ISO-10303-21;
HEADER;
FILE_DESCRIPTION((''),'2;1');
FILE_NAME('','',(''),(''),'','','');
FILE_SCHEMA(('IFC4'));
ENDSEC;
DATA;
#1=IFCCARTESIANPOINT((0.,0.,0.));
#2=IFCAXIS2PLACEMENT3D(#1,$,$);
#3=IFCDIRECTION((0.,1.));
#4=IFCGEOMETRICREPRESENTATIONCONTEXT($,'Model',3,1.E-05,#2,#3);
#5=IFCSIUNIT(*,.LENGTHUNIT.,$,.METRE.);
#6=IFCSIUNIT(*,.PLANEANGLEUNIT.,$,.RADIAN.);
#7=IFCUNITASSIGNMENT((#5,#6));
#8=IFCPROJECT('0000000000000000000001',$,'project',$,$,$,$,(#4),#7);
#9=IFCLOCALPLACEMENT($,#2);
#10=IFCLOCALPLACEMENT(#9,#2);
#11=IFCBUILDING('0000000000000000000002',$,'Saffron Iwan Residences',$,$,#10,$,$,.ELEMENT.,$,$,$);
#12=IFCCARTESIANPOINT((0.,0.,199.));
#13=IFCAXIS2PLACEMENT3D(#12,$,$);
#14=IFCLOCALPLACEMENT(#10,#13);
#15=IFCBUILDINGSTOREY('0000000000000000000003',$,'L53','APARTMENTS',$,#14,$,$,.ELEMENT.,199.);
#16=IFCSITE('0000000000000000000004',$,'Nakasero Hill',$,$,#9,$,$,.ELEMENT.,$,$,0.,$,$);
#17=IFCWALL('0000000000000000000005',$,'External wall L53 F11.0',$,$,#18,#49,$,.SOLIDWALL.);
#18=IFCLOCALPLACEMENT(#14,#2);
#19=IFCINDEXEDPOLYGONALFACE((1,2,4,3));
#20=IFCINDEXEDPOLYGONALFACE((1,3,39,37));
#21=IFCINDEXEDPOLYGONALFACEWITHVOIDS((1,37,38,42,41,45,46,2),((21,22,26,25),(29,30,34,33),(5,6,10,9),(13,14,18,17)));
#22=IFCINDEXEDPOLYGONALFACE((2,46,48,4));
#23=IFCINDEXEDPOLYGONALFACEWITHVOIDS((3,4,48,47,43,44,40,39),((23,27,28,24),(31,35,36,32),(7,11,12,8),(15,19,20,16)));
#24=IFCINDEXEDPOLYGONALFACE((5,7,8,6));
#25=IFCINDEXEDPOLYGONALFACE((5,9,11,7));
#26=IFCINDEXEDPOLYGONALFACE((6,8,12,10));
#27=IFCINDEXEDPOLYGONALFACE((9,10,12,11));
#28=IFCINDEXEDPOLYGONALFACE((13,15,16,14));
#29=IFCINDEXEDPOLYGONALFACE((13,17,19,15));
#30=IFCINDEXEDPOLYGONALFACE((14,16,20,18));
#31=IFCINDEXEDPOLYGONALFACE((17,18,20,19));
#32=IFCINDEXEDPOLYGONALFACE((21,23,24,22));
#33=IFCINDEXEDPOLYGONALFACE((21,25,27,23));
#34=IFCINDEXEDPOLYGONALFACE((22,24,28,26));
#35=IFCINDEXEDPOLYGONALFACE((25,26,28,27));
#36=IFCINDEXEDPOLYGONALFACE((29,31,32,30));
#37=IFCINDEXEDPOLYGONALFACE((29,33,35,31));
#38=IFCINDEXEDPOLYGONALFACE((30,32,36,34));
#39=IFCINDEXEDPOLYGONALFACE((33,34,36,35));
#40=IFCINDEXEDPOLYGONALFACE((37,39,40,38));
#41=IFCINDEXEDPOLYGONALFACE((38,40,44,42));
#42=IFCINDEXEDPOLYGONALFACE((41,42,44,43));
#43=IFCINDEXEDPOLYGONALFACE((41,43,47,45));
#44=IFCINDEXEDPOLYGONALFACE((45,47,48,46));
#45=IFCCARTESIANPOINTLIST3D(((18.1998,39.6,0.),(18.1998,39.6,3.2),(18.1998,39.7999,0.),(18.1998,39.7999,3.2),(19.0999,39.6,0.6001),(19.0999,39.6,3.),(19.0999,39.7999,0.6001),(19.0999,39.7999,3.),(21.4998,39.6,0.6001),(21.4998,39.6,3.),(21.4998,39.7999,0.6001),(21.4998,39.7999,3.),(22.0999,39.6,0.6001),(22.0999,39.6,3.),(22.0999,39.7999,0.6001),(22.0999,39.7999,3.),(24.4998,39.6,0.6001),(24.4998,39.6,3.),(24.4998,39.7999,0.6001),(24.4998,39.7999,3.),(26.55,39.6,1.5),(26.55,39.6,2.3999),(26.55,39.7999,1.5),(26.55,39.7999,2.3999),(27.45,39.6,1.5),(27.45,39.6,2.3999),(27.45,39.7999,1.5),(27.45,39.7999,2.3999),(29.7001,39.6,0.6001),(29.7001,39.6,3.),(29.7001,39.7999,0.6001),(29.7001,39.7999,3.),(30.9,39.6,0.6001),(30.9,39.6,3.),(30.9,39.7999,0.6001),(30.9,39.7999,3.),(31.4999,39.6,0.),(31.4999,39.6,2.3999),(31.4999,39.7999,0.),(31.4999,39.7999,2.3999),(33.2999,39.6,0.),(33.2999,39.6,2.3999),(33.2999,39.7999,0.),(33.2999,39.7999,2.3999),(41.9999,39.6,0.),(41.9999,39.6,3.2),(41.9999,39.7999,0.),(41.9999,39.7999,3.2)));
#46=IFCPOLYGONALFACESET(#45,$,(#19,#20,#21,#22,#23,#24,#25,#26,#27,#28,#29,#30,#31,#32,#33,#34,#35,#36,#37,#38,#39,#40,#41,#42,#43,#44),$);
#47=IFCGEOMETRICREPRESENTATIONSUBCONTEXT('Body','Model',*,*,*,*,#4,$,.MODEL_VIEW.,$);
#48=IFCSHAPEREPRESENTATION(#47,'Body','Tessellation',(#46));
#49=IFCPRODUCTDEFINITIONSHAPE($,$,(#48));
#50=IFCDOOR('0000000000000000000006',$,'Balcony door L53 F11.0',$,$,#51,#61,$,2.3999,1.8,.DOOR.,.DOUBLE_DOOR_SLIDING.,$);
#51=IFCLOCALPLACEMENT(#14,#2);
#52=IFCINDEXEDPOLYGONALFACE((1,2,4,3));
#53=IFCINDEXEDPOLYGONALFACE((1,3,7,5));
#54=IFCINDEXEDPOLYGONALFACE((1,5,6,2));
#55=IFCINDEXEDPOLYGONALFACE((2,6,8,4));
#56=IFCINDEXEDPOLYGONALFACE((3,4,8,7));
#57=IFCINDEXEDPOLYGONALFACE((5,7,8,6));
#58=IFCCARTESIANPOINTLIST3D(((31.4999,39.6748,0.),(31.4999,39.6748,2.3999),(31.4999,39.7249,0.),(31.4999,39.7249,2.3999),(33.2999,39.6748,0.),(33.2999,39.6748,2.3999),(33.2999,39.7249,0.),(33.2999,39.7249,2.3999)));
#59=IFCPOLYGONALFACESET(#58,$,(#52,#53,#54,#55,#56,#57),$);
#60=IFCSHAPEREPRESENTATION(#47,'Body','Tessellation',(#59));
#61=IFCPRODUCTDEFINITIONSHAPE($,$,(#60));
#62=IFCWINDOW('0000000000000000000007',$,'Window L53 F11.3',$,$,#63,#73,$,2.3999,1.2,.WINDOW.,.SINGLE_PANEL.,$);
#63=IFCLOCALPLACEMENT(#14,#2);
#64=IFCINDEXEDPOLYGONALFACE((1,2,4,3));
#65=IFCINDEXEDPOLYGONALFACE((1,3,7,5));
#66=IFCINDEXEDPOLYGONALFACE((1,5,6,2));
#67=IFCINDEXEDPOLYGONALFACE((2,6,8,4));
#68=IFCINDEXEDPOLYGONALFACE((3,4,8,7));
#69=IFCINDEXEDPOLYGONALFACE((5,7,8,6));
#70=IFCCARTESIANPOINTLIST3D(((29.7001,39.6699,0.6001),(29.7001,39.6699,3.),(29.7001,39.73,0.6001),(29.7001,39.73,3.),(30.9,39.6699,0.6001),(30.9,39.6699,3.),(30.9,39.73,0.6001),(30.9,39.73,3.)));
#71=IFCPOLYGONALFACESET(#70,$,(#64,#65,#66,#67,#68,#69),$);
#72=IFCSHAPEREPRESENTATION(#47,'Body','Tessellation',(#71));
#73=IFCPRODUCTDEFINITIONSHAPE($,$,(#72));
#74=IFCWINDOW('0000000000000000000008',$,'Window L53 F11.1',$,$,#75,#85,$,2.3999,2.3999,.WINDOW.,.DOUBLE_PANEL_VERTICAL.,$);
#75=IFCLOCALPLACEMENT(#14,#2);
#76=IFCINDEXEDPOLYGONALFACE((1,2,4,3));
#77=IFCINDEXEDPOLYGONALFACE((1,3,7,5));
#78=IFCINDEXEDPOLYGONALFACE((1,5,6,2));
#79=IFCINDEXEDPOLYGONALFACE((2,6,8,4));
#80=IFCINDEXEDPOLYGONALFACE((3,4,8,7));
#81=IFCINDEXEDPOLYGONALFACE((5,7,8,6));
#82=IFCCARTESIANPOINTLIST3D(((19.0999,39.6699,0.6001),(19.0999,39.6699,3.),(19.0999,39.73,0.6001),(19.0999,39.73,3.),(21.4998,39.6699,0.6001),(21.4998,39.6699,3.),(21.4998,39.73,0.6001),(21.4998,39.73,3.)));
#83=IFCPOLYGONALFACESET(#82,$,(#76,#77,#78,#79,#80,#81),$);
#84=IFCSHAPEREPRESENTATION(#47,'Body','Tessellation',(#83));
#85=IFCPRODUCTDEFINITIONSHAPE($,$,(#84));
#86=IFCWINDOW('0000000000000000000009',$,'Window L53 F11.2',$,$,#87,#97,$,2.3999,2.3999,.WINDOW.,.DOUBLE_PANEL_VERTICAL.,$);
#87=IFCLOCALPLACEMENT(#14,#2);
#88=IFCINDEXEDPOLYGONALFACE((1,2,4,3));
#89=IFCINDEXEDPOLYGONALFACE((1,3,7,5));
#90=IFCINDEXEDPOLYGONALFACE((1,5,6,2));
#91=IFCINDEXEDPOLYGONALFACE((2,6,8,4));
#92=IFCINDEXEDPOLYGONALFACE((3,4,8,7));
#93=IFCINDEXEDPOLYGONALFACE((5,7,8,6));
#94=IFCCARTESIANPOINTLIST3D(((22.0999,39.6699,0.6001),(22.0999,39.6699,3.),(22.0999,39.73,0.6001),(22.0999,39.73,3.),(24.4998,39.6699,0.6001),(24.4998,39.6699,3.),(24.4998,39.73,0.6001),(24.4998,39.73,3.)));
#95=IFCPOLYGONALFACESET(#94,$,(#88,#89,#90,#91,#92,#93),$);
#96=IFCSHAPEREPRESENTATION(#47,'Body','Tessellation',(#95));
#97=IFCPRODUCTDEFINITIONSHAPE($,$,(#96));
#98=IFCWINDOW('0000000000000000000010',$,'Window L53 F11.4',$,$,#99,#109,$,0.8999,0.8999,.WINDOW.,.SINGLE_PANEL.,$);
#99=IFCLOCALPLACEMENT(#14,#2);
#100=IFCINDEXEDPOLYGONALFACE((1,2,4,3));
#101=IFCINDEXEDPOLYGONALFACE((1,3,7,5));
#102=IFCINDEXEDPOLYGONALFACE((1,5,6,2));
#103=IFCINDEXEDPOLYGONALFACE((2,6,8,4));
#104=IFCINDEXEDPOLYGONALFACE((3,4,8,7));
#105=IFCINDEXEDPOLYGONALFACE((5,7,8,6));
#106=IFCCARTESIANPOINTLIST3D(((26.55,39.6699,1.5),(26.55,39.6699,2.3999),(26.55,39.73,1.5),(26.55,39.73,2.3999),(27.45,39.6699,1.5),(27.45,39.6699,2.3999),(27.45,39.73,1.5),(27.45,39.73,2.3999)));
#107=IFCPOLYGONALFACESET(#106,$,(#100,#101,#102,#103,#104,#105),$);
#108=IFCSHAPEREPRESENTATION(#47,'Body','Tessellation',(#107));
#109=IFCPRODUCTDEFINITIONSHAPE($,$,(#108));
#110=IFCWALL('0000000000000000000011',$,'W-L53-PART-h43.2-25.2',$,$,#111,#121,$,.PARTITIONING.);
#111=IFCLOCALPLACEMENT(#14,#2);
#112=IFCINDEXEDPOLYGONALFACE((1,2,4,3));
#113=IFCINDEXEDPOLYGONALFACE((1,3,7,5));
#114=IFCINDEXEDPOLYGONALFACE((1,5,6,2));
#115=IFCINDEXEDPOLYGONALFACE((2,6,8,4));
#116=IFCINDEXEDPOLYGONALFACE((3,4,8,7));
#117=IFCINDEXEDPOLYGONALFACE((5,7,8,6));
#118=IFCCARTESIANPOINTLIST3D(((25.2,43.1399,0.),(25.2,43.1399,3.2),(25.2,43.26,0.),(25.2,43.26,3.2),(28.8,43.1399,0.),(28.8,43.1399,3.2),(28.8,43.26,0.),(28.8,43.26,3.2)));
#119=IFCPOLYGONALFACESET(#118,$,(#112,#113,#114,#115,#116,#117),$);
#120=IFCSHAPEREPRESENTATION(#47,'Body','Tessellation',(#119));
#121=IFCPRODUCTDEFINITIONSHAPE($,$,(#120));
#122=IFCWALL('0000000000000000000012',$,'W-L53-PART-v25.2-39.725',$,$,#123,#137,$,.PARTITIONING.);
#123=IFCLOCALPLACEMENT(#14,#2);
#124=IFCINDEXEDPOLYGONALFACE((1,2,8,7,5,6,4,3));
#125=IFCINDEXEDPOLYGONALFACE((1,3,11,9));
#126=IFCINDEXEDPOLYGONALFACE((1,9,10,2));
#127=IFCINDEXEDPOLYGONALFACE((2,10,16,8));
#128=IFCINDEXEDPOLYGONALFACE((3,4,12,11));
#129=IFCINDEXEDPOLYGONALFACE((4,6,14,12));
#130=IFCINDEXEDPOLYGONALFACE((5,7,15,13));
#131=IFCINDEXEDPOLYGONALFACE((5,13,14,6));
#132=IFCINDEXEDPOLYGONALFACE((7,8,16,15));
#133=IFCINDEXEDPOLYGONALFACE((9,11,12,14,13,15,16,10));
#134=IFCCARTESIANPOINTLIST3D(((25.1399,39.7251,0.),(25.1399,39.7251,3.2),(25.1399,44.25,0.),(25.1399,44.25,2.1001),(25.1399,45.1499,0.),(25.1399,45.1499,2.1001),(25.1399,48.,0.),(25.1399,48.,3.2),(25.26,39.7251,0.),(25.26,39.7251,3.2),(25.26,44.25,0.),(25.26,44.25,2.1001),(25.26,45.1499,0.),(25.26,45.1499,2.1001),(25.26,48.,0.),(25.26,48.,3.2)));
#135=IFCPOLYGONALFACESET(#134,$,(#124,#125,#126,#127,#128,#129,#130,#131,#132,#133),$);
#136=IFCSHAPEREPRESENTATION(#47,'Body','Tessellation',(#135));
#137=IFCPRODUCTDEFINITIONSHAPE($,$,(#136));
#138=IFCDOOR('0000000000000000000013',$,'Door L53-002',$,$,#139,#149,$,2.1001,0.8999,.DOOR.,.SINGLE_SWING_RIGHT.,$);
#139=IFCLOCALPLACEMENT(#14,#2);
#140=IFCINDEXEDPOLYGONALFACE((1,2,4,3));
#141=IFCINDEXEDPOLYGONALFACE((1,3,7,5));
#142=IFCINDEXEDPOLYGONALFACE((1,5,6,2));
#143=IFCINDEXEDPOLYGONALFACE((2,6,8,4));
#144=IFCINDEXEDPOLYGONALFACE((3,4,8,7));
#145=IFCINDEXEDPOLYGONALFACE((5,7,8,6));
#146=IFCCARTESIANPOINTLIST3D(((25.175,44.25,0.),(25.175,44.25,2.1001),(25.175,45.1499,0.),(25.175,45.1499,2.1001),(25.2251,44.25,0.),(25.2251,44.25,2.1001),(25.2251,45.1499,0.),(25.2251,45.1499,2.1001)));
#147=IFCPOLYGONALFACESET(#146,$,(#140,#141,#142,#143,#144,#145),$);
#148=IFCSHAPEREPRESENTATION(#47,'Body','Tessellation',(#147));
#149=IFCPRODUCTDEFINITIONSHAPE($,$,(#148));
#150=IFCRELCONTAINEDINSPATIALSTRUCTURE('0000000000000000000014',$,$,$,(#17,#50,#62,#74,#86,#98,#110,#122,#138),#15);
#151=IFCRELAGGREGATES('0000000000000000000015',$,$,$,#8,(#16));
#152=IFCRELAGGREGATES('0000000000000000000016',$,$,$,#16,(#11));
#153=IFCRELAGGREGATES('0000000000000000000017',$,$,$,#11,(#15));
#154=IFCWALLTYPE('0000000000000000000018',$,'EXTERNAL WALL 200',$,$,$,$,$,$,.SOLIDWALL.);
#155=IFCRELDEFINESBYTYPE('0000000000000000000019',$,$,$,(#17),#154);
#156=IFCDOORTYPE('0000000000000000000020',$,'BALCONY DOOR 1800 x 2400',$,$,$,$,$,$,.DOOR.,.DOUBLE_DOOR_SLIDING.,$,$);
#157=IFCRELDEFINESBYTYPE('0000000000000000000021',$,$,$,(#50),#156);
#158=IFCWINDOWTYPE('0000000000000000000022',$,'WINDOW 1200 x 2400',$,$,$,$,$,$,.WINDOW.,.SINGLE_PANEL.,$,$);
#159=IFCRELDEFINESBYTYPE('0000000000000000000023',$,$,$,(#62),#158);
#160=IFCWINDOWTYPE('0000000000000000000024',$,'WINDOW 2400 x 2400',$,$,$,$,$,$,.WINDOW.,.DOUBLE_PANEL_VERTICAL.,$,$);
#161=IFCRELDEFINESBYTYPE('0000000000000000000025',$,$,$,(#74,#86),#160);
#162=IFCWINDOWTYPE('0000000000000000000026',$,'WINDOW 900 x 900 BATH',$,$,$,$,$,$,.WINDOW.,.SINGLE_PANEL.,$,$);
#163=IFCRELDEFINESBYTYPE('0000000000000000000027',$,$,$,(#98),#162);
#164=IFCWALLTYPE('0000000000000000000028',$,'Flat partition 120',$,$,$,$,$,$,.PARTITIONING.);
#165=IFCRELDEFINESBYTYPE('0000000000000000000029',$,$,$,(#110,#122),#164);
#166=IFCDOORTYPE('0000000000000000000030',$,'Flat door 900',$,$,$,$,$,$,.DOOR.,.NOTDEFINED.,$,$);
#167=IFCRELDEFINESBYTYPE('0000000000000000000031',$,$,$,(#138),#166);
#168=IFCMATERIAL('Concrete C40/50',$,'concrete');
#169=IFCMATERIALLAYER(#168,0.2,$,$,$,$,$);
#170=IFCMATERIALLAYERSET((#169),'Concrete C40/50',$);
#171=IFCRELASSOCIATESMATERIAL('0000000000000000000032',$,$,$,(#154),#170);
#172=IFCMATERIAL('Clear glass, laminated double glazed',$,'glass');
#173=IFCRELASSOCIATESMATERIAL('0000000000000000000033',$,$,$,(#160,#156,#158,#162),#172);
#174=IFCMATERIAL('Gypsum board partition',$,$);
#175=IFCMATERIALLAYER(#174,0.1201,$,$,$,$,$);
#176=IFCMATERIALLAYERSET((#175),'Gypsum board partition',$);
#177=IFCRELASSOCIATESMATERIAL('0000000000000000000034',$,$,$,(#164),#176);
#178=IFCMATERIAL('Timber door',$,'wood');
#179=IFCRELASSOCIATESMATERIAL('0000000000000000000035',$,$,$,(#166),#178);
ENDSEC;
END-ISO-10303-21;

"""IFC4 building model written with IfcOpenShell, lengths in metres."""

from ifc_helpers import new_model, si_unit, direction, frame, frame_2d, origin, place, context, subcontext, project, spatial, rectangle, extrude, material, layer, layer_set, type_object, element, fill, save


model = new_model("IFC4")

# Units and contexts
model_context = context("Model", 3, precision=1e-05, world=origin(), true_north=direction((0.0, 1.0)))
body_context = subcontext(model_context, "Body", "Model", "MODEL_VIEW")
ifc_project = project(units=[si_unit("LENGTHUNIT", "METRE"), si_unit("PLANEANGLEUNIT", "RADIAN")], contexts=[model_context])

# Site, building, storey
site_placement = place(None, origin())
site = spatial("IfcSite", under=ifc_project, at=site_placement, Name="Nakasero Hill", CompositionType="ELEMENT", RefElevation=0.0)
building_placement = place(site_placement, origin())
building = spatial("IfcBuilding", under=site, at=building_placement, Name="Saffron Iwan Residences", CompositionType="ELEMENT")
storey_placement = place(building_placement, frame((0.0, 0.0, 199.0)))
storey = spatial("IfcBuildingStorey", under=building, at=storey_placement, Name="L53", Description="APARTMENTS", CompositionType="ELEMENT", Elevation=199.0)

# Shared definitions
ifc_material_1 = material(Name="Concrete C40/50", Category="concrete")
ifc_layer_1 = layer(ifc_material_1, 0.2)
ifc_layer_set_1 = layer_set([ifc_layer_1], Name="Concrete C40/50")
wall_type_1 = type_object("IfcWallType", Name="EXTERNAL WALL 200", PredefinedType="SOLIDWALL", material=ifc_layer_set_1)
ifc_material_2 = material(Name="Clear glass, laminated double glazed", Category="glass")
window_type_1 = type_object("IfcWindowType", Name="WINDOW 2400 x 2400", PartitioningType="DOUBLE_PANEL_VERTICAL", PredefinedType="WINDOW", material=ifc_material_2)

# Wall, openings, door, windows
wall_1_placement = place(storey_placement, frame((18.2, 39.7, 0.0), z_axis=(0.0, 0.0, 1.0), x_axis=(1.0, 0.0, 0.0)))
wall_1 = element("IfcWall", 1, at=wall_1_placement, inside=storey, type_object=wall_type_1, Name="External wall L53 F11.0", PredefinedType="SOLIDWALL", context=body_context, shape_type="SweptSolid", body=[
    extrude(rectangle(XDim=23.8, YDim=0.2, at=frame_2d((11.8999, 0.0))), origin(), (0.0, 0.0, 1.0), 3.2),
])
opening_1_placement = place(wall_1_placement, frame((13.3, 0.0, 0.0)))
opening_1 = element("IfcOpeningElement", 2, at=opening_1_placement, cuts=wall_1, PredefinedType="OPENING", context=body_context, shape_type="SweptSolid", body=[
    extrude(rectangle(XDim=1.8, YDim=2.3999, at=frame_2d((0.8999, 1.2))), frame((0.0, 0.1099, 0.0), z_axis=(0.0, -1.0, 0.0), x_axis=(1.0, 0.0, 0.0)), (0.0, 0.0, 1.0), 0.22),
])
opening_2_placement = place(wall_1_placement, frame((0.8999, 0.0, 0.6001)))
opening_2 = element("IfcOpeningElement", 3, at=opening_2_placement, cuts=wall_1, PredefinedType="OPENING", context=body_context, shape_type="SweptSolid", body=[
    extrude(rectangle(XDim=2.3999, YDim=2.3999, at=frame_2d((1.2, 1.2))), frame((0.0, 0.1099, 0.0), z_axis=(0.0, -1.0, 0.0), x_axis=(1.0, 0.0, 0.0)), (0.0, 0.0, 1.0), 0.22),
])
opening_3_placement = place(wall_1_placement, frame((3.8999, 0.0, 0.6001)))
opening_3 = element("IfcOpeningElement", 4, at=opening_3_placement, cuts=wall_1, PredefinedType="OPENING", context=body_context, shape_type="SweptSolid", body=[
    extrude(rectangle(XDim=2.3999, YDim=2.3999, at=frame_2d((1.2, 1.2))), frame((0.0, 0.1099, 0.0), z_axis=(0.0, -1.0, 0.0), x_axis=(1.0, 0.0, 0.0)), (0.0, 0.0, 1.0), 0.22),
])
opening_4_placement = place(wall_1_placement, frame((11.5, 0.0, 0.6001)))
opening_4 = element("IfcOpeningElement", 5, at=opening_4_placement, cuts=wall_1, PredefinedType="OPENING", context=body_context, shape_type="SweptSolid", body=[
    extrude(rectangle(XDim=1.2, YDim=2.3999, at=frame_2d((0.6001, 1.2))), frame((0.0, 0.1099, 0.0), z_axis=(0.0, -1.0, 0.0), x_axis=(1.0, 0.0, 0.0)), (0.0, 0.0, 1.0), 0.22),
])
opening_5_placement = place(wall_1_placement, frame((8.3501, 0.0, 1.5)))
opening_5 = element("IfcOpeningElement", 6, at=opening_5_placement, cuts=wall_1, PredefinedType="OPENING", context=body_context, shape_type="SweptSolid", body=[
    extrude(rectangle(XDim=0.8999, YDim=0.8999, at=frame_2d((0.45, 0.45))), frame((0.0, 0.1099, 0.0), z_axis=(0.0, -1.0, 0.0), x_axis=(1.0, 0.0, 0.0)), (0.0, 0.0, 1.0), 0.22),
])
door_type_1 = type_object("IfcDoorType", Name="BALCONY DOOR 1800 x 2400", OperationType="DOUBLE_DOOR_SLIDING", PredefinedType="DOOR", material=ifc_material_2)
door_1_placement = place(opening_1_placement, origin())
door_1 = element("IfcDoor", 7, at=door_1_placement, inside=storey, type_object=door_type_1, Name="Balcony door L53 F11.0", OperationType="DOUBLE_DOOR_SLIDING", OverallHeight=2.3999, OverallWidth=1.8, PredefinedType="DOOR", context=body_context, shape_type="SweptSolid", body=[
    extrude(rectangle(XDim=1.8, YDim=2.3999, at=frame_2d((0.8999, 1.2))), frame((0.0, 0.0249, 0.0), z_axis=(0.0, -1.0, 0.0), x_axis=(1.0, 0.0, 0.0)), (0.0, 0.0, 1.0), 0.05),
])
fill(opening_1, door_1)
window_type_2 = type_object("IfcWindowType", Name="WINDOW 1200 x 2400", PartitioningType="SINGLE_PANEL", PredefinedType="WINDOW", material=ifc_material_2)
window_1_placement = place(opening_4_placement, origin())
window_1 = element("IfcWindow", 8, at=window_1_placement, inside=storey, type_object=window_type_2, Name="Window L53 F11.3", OverallHeight=2.3999, OverallWidth=1.2, PartitioningType="SINGLE_PANEL", PredefinedType="WINDOW", context=body_context, shape_type="SweptSolid", body=[
    extrude(rectangle(XDim=1.2, YDim=2.3999, at=frame_2d((0.6001, 1.2))), frame((0.0, 0.03, 0.0), z_axis=(0.0, -1.0, 0.0), x_axis=(1.0, 0.0, 0.0)), (0.0, 0.0, 1.0), 0.0601),
])
fill(opening_4, window_1)
window_2_placement = place(opening_2_placement, origin())
window_2 = element("IfcWindow", 9, at=window_2_placement, inside=storey, type_object=window_type_1, Name="Window L53 F11.1", OverallHeight=2.3999, OverallWidth=2.3999, PartitioningType="DOUBLE_PANEL_VERTICAL", PredefinedType="WINDOW", context=body_context, shape_type="SweptSolid", body=[
    extrude(rectangle(XDim=2.3999, YDim=2.3999, at=frame_2d((1.2, 1.2))), frame((0.0, 0.03, 0.0), z_axis=(0.0, -1.0, 0.0), x_axis=(1.0, 0.0, 0.0)), (0.0, 0.0, 1.0), 0.0601),
])
fill(opening_2, window_2)
window_3_placement = place(opening_3_placement, origin())
window_3 = element("IfcWindow", 10, at=window_3_placement, inside=storey, type_object=window_type_1, Name="Window L53 F11.2", OverallHeight=2.3999, OverallWidth=2.3999, PartitioningType="DOUBLE_PANEL_VERTICAL", PredefinedType="WINDOW", context=body_context, shape_type="SweptSolid", body=[
    extrude(rectangle(XDim=2.3999, YDim=2.3999, at=frame_2d((1.2, 1.2))), frame((0.0, 0.03, 0.0), z_axis=(0.0, -1.0, 0.0), x_axis=(1.0, 0.0, 0.0)), (0.0, 0.0, 1.0), 0.0601),
])
fill(opening_3, window_3)
window_type_3 = type_object("IfcWindowType", Name="WINDOW 900 x 900 BATH", PartitioningType="SINGLE_PANEL", PredefinedType="WINDOW", material=ifc_material_2)
window_4_placement = place(opening_5_placement, origin())
window_4 = element("IfcWindow", 11, at=window_4_placement, inside=storey, type_object=window_type_3, Name="Window L53 F11.4", OverallHeight=0.8999, OverallWidth=0.8999, PartitioningType="SINGLE_PANEL", PredefinedType="WINDOW", context=body_context, shape_type="SweptSolid", body=[
    extrude(rectangle(XDim=0.8999, YDim=0.8999, at=frame_2d((0.45, 0.45))), frame((0.0, 0.03, 0.0), z_axis=(0.0, -1.0, 0.0), x_axis=(1.0, 0.0, 0.0)), (0.0, 0.0, 1.0), 0.0601),
])
fill(opening_5, window_4)

# Wall
ifc_material_3 = material(Name="Gypsum board partition")
ifc_layer_2 = layer(ifc_material_3, 0.1201)
ifc_layer_set_2 = layer_set([ifc_layer_2], Name="Gypsum board partition")
wall_type_2 = type_object("IfcWallType", Name="Flat partition 120", PredefinedType="PARTITIONING", material=ifc_layer_set_2)
wall_2_placement = place(storey_placement, frame((25.2, 43.2, 0.0), z_axis=(0.0, 0.0, 1.0), x_axis=(1.0, 0.0, 0.0)))
element("IfcWall", 12, at=wall_2_placement, inside=storey, type_object=wall_type_2, Name="W-L53-PART-h43.2-25.2", PredefinedType="PARTITIONING", context=body_context, shape_type="SweptSolid", body=[
    extrude(rectangle(XDim=3.6001, YDim=0.1201, at=frame_2d((1.8, 0.0))), origin(), (0.0, 0.0, 1.0), 3.2),
])

# Wall, opening, door
wall_3_placement = place(storey_placement, frame((25.2, 39.7251, 0.0), z_axis=(0.0, 0.0, 1.0), x_axis=(0.0, 1.0, 0.0)))
wall_3 = element("IfcWall", 13, at=wall_3_placement, inside=storey, type_object=wall_type_2, Name="W-L53-PART-v25.2-39.725", PredefinedType="PARTITIONING", context=body_context, shape_type="SweptSolid", body=[
    extrude(rectangle(XDim=8.2749, YDim=0.1201, at=frame_2d((4.1375, 0.0))), origin(), (0.0, 0.0, 1.0), 3.2),
])
opening_6_placement = place(wall_3_placement, frame((4.5249, 0.0, 0.0)))
opening_6 = element("IfcOpeningElement", 14, at=opening_6_placement, cuts=wall_3, PredefinedType="OPENING", context=body_context, shape_type="SweptSolid", body=[
    extrude(rectangle(XDim=0.8999, YDim=2.1001, at=frame_2d((0.45, 1.05))), frame((0.0, 0.0701, 0.0), z_axis=(0.0, -1.0, 0.0), x_axis=(1.0, 0.0, 0.0)), (0.0, 0.0, 1.0), 0.1401),
])
ifc_material_4 = material(Name="Timber door", Category="wood")
door_type_2 = type_object("IfcDoorType", Name="Flat door 900", OperationType="NOTDEFINED", PredefinedType="DOOR", material=ifc_material_4)
door_2_placement = place(opening_6_placement, origin())
door_2 = element("IfcDoor", 15, at=door_2_placement, inside=storey, type_object=door_type_2, Name="Door L53-002", OperationType="SINGLE_SWING_RIGHT", OverallHeight=2.1001, OverallWidth=0.8999, PredefinedType="DOOR", context=body_context, shape_type="SweptSolid", body=[
    extrude(rectangle(XDim=0.8999, YDim=2.1001, at=frame_2d((0.45, 1.05))), frame((0.0, 0.0249, 0.0), z_axis=(0.0, -1.0, 0.0), x_axis=(1.0, 0.0, 0.0)), (0.0, 0.0, 1.0), 0.05),
])
fill(opening_6, door_2)

save(model, "model.ifc")
